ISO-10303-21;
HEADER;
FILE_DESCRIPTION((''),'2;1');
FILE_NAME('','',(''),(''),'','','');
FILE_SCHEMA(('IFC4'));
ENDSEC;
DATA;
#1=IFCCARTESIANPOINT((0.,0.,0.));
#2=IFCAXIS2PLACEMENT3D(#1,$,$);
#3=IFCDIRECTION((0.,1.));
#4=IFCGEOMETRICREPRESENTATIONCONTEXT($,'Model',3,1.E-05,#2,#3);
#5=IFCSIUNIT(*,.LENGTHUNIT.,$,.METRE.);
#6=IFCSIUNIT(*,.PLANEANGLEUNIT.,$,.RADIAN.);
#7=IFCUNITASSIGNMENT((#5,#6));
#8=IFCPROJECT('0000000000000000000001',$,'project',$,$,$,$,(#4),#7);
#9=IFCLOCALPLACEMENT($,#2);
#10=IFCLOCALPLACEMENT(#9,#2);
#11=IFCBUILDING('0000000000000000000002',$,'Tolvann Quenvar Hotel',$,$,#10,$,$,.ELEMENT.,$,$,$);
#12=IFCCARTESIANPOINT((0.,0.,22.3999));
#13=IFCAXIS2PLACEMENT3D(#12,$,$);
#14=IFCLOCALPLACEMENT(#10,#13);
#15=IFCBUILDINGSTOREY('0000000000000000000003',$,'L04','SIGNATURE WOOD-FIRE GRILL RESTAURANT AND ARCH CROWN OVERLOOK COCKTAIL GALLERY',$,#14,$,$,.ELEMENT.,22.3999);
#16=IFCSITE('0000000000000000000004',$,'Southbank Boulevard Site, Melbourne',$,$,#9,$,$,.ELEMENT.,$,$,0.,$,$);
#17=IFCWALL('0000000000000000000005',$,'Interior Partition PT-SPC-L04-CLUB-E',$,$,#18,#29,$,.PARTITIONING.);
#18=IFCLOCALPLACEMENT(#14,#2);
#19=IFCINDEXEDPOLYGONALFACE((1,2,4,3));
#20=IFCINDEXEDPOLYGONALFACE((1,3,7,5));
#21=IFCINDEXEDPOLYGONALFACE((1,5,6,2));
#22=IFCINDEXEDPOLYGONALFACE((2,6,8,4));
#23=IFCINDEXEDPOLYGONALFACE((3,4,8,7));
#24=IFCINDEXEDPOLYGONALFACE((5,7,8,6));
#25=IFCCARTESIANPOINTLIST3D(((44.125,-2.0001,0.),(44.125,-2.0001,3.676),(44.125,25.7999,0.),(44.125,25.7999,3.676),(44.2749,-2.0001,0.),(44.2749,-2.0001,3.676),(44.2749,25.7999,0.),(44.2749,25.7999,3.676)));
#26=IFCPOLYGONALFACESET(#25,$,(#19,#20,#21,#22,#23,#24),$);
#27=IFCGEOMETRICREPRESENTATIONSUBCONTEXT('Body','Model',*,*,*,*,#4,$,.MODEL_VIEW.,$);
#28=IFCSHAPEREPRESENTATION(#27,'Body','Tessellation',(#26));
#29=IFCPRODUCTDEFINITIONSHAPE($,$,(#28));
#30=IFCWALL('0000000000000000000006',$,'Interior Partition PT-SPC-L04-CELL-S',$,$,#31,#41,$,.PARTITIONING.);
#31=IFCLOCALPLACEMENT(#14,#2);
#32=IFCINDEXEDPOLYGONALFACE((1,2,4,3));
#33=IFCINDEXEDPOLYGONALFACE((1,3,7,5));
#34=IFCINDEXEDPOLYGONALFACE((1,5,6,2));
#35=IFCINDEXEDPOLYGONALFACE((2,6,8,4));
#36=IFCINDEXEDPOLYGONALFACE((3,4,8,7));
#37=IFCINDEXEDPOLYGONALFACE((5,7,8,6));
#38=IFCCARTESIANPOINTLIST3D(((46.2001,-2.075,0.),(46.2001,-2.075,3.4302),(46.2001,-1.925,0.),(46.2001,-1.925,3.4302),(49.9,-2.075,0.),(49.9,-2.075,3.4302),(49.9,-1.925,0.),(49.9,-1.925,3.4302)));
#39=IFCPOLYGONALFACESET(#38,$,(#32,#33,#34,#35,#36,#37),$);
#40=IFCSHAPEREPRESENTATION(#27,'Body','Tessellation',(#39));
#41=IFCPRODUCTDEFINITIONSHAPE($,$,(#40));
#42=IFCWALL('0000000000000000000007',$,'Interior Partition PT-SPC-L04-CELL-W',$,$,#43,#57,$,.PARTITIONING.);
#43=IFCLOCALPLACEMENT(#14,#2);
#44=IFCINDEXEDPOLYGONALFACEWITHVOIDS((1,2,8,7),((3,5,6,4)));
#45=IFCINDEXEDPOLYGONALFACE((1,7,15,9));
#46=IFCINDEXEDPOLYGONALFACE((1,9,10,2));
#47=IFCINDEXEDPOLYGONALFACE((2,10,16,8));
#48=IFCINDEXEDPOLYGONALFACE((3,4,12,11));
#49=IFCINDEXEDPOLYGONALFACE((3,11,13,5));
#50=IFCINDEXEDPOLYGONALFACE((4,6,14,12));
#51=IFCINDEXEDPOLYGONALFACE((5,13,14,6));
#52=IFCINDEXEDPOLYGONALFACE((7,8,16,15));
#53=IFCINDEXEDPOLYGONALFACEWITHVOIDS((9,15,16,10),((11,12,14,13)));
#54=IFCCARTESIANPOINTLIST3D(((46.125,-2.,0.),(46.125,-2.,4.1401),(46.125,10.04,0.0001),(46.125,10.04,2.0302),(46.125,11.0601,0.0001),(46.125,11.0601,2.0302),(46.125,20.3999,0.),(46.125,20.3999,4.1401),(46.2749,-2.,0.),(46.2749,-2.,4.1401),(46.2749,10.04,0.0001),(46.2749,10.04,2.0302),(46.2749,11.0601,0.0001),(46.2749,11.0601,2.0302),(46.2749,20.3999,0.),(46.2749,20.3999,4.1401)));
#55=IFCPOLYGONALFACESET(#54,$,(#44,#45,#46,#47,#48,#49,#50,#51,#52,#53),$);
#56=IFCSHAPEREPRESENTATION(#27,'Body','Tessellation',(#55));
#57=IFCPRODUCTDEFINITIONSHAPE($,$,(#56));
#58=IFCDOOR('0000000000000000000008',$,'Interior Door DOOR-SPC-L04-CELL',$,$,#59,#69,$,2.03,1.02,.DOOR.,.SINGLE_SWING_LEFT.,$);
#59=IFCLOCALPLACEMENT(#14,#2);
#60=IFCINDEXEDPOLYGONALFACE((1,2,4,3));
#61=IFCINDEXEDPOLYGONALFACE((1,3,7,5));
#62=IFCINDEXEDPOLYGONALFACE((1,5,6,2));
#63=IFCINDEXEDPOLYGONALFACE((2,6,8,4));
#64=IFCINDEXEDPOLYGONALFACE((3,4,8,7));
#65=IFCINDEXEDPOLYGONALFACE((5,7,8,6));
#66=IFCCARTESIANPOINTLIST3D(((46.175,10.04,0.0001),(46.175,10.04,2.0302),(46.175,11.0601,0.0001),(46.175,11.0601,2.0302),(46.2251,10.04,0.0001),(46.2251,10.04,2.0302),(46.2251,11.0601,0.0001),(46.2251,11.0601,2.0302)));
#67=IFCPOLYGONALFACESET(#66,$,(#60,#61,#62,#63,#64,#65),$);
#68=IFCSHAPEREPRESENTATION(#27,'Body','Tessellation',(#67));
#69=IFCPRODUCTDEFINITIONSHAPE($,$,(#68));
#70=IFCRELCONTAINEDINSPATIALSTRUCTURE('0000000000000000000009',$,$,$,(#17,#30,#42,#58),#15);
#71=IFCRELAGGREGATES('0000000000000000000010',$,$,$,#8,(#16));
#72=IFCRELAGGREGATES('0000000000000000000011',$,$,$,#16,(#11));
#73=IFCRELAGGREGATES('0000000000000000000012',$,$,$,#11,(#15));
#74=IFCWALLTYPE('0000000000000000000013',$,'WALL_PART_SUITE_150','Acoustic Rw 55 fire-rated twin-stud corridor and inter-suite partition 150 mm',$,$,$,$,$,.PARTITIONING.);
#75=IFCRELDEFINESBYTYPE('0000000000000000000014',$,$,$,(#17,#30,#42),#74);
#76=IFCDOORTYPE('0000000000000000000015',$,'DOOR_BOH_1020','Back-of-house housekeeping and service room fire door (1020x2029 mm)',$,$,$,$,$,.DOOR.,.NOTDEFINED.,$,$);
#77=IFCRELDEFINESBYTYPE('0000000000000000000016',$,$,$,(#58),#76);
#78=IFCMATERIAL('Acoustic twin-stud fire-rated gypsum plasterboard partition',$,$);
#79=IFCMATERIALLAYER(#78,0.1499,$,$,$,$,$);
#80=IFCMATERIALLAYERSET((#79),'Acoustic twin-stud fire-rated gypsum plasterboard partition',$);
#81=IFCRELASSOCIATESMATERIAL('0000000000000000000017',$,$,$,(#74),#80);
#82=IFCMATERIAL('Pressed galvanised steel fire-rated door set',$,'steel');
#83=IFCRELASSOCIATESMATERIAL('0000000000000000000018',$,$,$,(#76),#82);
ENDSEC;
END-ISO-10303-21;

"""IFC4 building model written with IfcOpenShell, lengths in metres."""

from ifc_helpers import new_model, si_unit, direction, frame, frame_2d, origin, place, context, subcontext, project, spatial, rectangle, extrude, source, transform, mapped, material, layer, layer_set, type_object, type_shapes, element, fill, save


model = new_model("IFC4")

# Units and contexts
model_context = context("Model", 3, precision=1e-05, world=origin(), true_north=direction((0.0, 1.0)))
body_context = subcontext(model_context, "Body", "Model", "MODEL_VIEW")
ifc_project = project(units=[si_unit("LENGTHUNIT", "METRE"), si_unit("PLANEANGLEUNIT", "RADIAN")], contexts=[model_context])

# Site, building, storey
site_placement = place(None, origin())
site = spatial("IfcSite", under=ifc_project, at=site_placement, Name="Southbank Boulevard Site, Melbourne", CompositionType="ELEMENT", RefElevation=0.0)
building_placement = place(site_placement, origin())
building = spatial("IfcBuilding", under=site, at=building_placement, Name="Tolvann Quenvar Hotel", CompositionType="ELEMENT")
storey_placement = place(building_placement, frame((0.0, 0.0, 22.3999)))
storey = spatial("IfcBuildingStorey", under=building, at=storey_placement, Name="L04", Description="SIGNATURE WOOD-FIRE GRILL RESTAURANT AND ARCH CROWN OVERLOOK COCKTAIL GALLERY", CompositionType="ELEMENT", Elevation=22.3999)

# Walls
ifc_material_1 = material(Name="Acoustic twin-stud fire-rated gypsum plasterboard partition")
ifc_layer_1 = layer(ifc_material_1, 0.1499)
ifc_layer_set_1 = layer_set([ifc_layer_1], Name="Acoustic twin-stud fire-rated gypsum plasterboard partition")
wall_type = type_object("IfcWallType", Name="WALL_PART_SUITE_150", Description="Acoustic Rw 55 fire-rated twin-stud corridor and inter-suite partition 150 mm", PredefinedType="PARTITIONING", material=ifc_layer_set_1)
wall_1_placement = place(storey_placement, frame((44.2, -2.0, 0.0), z_axis=(0.0, 0.0, 1.0), x_axis=(0.0, 1.0, 0.0)))
element("IfcWall", 1, at=wall_1_placement, inside=storey, type_object=wall_type, Name="Interior Partition PT-SPC-L04-CLUB-E", PredefinedType="PARTITIONING", context=body_context, shape_type="SweptSolid", body=[
    extrude(rectangle(XDim=27.8, YDim=0.1499, at=frame_2d((13.8999, 0.0))), origin(), (0.0, 0.0, 1.0), 3.676),
])
wall_2_placement = place(storey_placement, frame((46.2, -2.0, 0.0), z_axis=(0.0, 0.0, 1.0), x_axis=(1.0, 0.0, 0.0)))
element("IfcWall", 2, at=wall_2_placement, inside=storey, type_object=wall_type, Name="Interior Partition PT-SPC-L04-CELL-S", PredefinedType="PARTITIONING", context=body_context, shape_type="SweptSolid", body=[
    extrude(rectangle(XDim=3.7, YDim=0.1499, at=frame_2d((1.8501, 0.0))), origin(), (0.0, 0.0, 1.0), 3.4302),
])

# Wall, opening, door
wall_3_placement = place(storey_placement, frame((46.2, -2.0, 0.0), z_axis=(0.0, 0.0, 1.0), x_axis=(0.0, 1.0, 0.0)))
wall_3 = element("IfcWall", 3, at=wall_3_placement, inside=storey, type_object=wall_type, Name="Interior Partition PT-SPC-L04-CELL-W", PredefinedType="PARTITIONING", context=body_context, shape_type="SweptSolid", body=[
    extrude(rectangle(XDim=22.3999, YDim=0.1499, at=frame_2d((11.2, 0.0))), origin(), (0.0, 0.0, 1.0), 4.1401),
])
opening_placement = place(wall_3_placement, frame((12.04, 0.0, 0.0)))
opening = element("IfcOpeningElement", 4, at=opening_placement, cuts=wall_3, PredefinedType="OPENING", context=body_context, shape_type="SweptSolid", body=[
    extrude(rectangle(XDim=1.02, YDim=2.03, at=frame_2d((0.51, 1.0151))), frame((0.0, 0.085, 0.0), z_axis=(0.0, -1.0, 0.0), x_axis=(1.0, 0.0, 0.0)), (0.0, 0.0, 1.0), 0.1699),
])
ifc_material_2 = material(Name="Pressed galvanised steel fire-rated door set", Category="steel")
door_type = type_object("IfcDoorType", Name="DOOR_BOH_1020", Description="Back-of-house housekeeping and service room fire door (1020x2029 mm)", OperationType="NOTDEFINED", PredefinedType="DOOR", material=ifc_material_2)
shared_shape_1 = source(origin(), body_context, "Body", "SweptSolid", [
    extrude(rectangle(XDim=1.02, YDim=2.03, at=frame_2d((0.51, 1.0151))), frame((0.0, 0.0249, 0.0), z_axis=(0.0, -1.0, 0.0), x_axis=(1.0, 0.0, 0.0)), (0.0, 0.0, 1.0), 0.05),
])
type_shapes(door_type, [shared_shape_1])
door_placement = place(opening_placement, origin())
door = element("IfcDoor", 5, at=door_placement, inside=storey, type_object=door_type, Name="Interior Door DOOR-SPC-L04-CELL", OperationType="SINGLE_SWING_LEFT", OverallHeight=2.03, OverallWidth=1.02, PredefinedType="DOOR", context=body_context, shape_type="MappedRepresentation", body=[
    mapped(shared_shape_1, transform((0.0, 0.0, 0.0), x_axis=(1.0, 0.0, 0.0), y_axis=(0.0, 1.0, 0.0), z_axis=(0.0, 0.0, 1.0), scale=1.0)),
])
fill(opening, door)

save(model, "model.ifc")
